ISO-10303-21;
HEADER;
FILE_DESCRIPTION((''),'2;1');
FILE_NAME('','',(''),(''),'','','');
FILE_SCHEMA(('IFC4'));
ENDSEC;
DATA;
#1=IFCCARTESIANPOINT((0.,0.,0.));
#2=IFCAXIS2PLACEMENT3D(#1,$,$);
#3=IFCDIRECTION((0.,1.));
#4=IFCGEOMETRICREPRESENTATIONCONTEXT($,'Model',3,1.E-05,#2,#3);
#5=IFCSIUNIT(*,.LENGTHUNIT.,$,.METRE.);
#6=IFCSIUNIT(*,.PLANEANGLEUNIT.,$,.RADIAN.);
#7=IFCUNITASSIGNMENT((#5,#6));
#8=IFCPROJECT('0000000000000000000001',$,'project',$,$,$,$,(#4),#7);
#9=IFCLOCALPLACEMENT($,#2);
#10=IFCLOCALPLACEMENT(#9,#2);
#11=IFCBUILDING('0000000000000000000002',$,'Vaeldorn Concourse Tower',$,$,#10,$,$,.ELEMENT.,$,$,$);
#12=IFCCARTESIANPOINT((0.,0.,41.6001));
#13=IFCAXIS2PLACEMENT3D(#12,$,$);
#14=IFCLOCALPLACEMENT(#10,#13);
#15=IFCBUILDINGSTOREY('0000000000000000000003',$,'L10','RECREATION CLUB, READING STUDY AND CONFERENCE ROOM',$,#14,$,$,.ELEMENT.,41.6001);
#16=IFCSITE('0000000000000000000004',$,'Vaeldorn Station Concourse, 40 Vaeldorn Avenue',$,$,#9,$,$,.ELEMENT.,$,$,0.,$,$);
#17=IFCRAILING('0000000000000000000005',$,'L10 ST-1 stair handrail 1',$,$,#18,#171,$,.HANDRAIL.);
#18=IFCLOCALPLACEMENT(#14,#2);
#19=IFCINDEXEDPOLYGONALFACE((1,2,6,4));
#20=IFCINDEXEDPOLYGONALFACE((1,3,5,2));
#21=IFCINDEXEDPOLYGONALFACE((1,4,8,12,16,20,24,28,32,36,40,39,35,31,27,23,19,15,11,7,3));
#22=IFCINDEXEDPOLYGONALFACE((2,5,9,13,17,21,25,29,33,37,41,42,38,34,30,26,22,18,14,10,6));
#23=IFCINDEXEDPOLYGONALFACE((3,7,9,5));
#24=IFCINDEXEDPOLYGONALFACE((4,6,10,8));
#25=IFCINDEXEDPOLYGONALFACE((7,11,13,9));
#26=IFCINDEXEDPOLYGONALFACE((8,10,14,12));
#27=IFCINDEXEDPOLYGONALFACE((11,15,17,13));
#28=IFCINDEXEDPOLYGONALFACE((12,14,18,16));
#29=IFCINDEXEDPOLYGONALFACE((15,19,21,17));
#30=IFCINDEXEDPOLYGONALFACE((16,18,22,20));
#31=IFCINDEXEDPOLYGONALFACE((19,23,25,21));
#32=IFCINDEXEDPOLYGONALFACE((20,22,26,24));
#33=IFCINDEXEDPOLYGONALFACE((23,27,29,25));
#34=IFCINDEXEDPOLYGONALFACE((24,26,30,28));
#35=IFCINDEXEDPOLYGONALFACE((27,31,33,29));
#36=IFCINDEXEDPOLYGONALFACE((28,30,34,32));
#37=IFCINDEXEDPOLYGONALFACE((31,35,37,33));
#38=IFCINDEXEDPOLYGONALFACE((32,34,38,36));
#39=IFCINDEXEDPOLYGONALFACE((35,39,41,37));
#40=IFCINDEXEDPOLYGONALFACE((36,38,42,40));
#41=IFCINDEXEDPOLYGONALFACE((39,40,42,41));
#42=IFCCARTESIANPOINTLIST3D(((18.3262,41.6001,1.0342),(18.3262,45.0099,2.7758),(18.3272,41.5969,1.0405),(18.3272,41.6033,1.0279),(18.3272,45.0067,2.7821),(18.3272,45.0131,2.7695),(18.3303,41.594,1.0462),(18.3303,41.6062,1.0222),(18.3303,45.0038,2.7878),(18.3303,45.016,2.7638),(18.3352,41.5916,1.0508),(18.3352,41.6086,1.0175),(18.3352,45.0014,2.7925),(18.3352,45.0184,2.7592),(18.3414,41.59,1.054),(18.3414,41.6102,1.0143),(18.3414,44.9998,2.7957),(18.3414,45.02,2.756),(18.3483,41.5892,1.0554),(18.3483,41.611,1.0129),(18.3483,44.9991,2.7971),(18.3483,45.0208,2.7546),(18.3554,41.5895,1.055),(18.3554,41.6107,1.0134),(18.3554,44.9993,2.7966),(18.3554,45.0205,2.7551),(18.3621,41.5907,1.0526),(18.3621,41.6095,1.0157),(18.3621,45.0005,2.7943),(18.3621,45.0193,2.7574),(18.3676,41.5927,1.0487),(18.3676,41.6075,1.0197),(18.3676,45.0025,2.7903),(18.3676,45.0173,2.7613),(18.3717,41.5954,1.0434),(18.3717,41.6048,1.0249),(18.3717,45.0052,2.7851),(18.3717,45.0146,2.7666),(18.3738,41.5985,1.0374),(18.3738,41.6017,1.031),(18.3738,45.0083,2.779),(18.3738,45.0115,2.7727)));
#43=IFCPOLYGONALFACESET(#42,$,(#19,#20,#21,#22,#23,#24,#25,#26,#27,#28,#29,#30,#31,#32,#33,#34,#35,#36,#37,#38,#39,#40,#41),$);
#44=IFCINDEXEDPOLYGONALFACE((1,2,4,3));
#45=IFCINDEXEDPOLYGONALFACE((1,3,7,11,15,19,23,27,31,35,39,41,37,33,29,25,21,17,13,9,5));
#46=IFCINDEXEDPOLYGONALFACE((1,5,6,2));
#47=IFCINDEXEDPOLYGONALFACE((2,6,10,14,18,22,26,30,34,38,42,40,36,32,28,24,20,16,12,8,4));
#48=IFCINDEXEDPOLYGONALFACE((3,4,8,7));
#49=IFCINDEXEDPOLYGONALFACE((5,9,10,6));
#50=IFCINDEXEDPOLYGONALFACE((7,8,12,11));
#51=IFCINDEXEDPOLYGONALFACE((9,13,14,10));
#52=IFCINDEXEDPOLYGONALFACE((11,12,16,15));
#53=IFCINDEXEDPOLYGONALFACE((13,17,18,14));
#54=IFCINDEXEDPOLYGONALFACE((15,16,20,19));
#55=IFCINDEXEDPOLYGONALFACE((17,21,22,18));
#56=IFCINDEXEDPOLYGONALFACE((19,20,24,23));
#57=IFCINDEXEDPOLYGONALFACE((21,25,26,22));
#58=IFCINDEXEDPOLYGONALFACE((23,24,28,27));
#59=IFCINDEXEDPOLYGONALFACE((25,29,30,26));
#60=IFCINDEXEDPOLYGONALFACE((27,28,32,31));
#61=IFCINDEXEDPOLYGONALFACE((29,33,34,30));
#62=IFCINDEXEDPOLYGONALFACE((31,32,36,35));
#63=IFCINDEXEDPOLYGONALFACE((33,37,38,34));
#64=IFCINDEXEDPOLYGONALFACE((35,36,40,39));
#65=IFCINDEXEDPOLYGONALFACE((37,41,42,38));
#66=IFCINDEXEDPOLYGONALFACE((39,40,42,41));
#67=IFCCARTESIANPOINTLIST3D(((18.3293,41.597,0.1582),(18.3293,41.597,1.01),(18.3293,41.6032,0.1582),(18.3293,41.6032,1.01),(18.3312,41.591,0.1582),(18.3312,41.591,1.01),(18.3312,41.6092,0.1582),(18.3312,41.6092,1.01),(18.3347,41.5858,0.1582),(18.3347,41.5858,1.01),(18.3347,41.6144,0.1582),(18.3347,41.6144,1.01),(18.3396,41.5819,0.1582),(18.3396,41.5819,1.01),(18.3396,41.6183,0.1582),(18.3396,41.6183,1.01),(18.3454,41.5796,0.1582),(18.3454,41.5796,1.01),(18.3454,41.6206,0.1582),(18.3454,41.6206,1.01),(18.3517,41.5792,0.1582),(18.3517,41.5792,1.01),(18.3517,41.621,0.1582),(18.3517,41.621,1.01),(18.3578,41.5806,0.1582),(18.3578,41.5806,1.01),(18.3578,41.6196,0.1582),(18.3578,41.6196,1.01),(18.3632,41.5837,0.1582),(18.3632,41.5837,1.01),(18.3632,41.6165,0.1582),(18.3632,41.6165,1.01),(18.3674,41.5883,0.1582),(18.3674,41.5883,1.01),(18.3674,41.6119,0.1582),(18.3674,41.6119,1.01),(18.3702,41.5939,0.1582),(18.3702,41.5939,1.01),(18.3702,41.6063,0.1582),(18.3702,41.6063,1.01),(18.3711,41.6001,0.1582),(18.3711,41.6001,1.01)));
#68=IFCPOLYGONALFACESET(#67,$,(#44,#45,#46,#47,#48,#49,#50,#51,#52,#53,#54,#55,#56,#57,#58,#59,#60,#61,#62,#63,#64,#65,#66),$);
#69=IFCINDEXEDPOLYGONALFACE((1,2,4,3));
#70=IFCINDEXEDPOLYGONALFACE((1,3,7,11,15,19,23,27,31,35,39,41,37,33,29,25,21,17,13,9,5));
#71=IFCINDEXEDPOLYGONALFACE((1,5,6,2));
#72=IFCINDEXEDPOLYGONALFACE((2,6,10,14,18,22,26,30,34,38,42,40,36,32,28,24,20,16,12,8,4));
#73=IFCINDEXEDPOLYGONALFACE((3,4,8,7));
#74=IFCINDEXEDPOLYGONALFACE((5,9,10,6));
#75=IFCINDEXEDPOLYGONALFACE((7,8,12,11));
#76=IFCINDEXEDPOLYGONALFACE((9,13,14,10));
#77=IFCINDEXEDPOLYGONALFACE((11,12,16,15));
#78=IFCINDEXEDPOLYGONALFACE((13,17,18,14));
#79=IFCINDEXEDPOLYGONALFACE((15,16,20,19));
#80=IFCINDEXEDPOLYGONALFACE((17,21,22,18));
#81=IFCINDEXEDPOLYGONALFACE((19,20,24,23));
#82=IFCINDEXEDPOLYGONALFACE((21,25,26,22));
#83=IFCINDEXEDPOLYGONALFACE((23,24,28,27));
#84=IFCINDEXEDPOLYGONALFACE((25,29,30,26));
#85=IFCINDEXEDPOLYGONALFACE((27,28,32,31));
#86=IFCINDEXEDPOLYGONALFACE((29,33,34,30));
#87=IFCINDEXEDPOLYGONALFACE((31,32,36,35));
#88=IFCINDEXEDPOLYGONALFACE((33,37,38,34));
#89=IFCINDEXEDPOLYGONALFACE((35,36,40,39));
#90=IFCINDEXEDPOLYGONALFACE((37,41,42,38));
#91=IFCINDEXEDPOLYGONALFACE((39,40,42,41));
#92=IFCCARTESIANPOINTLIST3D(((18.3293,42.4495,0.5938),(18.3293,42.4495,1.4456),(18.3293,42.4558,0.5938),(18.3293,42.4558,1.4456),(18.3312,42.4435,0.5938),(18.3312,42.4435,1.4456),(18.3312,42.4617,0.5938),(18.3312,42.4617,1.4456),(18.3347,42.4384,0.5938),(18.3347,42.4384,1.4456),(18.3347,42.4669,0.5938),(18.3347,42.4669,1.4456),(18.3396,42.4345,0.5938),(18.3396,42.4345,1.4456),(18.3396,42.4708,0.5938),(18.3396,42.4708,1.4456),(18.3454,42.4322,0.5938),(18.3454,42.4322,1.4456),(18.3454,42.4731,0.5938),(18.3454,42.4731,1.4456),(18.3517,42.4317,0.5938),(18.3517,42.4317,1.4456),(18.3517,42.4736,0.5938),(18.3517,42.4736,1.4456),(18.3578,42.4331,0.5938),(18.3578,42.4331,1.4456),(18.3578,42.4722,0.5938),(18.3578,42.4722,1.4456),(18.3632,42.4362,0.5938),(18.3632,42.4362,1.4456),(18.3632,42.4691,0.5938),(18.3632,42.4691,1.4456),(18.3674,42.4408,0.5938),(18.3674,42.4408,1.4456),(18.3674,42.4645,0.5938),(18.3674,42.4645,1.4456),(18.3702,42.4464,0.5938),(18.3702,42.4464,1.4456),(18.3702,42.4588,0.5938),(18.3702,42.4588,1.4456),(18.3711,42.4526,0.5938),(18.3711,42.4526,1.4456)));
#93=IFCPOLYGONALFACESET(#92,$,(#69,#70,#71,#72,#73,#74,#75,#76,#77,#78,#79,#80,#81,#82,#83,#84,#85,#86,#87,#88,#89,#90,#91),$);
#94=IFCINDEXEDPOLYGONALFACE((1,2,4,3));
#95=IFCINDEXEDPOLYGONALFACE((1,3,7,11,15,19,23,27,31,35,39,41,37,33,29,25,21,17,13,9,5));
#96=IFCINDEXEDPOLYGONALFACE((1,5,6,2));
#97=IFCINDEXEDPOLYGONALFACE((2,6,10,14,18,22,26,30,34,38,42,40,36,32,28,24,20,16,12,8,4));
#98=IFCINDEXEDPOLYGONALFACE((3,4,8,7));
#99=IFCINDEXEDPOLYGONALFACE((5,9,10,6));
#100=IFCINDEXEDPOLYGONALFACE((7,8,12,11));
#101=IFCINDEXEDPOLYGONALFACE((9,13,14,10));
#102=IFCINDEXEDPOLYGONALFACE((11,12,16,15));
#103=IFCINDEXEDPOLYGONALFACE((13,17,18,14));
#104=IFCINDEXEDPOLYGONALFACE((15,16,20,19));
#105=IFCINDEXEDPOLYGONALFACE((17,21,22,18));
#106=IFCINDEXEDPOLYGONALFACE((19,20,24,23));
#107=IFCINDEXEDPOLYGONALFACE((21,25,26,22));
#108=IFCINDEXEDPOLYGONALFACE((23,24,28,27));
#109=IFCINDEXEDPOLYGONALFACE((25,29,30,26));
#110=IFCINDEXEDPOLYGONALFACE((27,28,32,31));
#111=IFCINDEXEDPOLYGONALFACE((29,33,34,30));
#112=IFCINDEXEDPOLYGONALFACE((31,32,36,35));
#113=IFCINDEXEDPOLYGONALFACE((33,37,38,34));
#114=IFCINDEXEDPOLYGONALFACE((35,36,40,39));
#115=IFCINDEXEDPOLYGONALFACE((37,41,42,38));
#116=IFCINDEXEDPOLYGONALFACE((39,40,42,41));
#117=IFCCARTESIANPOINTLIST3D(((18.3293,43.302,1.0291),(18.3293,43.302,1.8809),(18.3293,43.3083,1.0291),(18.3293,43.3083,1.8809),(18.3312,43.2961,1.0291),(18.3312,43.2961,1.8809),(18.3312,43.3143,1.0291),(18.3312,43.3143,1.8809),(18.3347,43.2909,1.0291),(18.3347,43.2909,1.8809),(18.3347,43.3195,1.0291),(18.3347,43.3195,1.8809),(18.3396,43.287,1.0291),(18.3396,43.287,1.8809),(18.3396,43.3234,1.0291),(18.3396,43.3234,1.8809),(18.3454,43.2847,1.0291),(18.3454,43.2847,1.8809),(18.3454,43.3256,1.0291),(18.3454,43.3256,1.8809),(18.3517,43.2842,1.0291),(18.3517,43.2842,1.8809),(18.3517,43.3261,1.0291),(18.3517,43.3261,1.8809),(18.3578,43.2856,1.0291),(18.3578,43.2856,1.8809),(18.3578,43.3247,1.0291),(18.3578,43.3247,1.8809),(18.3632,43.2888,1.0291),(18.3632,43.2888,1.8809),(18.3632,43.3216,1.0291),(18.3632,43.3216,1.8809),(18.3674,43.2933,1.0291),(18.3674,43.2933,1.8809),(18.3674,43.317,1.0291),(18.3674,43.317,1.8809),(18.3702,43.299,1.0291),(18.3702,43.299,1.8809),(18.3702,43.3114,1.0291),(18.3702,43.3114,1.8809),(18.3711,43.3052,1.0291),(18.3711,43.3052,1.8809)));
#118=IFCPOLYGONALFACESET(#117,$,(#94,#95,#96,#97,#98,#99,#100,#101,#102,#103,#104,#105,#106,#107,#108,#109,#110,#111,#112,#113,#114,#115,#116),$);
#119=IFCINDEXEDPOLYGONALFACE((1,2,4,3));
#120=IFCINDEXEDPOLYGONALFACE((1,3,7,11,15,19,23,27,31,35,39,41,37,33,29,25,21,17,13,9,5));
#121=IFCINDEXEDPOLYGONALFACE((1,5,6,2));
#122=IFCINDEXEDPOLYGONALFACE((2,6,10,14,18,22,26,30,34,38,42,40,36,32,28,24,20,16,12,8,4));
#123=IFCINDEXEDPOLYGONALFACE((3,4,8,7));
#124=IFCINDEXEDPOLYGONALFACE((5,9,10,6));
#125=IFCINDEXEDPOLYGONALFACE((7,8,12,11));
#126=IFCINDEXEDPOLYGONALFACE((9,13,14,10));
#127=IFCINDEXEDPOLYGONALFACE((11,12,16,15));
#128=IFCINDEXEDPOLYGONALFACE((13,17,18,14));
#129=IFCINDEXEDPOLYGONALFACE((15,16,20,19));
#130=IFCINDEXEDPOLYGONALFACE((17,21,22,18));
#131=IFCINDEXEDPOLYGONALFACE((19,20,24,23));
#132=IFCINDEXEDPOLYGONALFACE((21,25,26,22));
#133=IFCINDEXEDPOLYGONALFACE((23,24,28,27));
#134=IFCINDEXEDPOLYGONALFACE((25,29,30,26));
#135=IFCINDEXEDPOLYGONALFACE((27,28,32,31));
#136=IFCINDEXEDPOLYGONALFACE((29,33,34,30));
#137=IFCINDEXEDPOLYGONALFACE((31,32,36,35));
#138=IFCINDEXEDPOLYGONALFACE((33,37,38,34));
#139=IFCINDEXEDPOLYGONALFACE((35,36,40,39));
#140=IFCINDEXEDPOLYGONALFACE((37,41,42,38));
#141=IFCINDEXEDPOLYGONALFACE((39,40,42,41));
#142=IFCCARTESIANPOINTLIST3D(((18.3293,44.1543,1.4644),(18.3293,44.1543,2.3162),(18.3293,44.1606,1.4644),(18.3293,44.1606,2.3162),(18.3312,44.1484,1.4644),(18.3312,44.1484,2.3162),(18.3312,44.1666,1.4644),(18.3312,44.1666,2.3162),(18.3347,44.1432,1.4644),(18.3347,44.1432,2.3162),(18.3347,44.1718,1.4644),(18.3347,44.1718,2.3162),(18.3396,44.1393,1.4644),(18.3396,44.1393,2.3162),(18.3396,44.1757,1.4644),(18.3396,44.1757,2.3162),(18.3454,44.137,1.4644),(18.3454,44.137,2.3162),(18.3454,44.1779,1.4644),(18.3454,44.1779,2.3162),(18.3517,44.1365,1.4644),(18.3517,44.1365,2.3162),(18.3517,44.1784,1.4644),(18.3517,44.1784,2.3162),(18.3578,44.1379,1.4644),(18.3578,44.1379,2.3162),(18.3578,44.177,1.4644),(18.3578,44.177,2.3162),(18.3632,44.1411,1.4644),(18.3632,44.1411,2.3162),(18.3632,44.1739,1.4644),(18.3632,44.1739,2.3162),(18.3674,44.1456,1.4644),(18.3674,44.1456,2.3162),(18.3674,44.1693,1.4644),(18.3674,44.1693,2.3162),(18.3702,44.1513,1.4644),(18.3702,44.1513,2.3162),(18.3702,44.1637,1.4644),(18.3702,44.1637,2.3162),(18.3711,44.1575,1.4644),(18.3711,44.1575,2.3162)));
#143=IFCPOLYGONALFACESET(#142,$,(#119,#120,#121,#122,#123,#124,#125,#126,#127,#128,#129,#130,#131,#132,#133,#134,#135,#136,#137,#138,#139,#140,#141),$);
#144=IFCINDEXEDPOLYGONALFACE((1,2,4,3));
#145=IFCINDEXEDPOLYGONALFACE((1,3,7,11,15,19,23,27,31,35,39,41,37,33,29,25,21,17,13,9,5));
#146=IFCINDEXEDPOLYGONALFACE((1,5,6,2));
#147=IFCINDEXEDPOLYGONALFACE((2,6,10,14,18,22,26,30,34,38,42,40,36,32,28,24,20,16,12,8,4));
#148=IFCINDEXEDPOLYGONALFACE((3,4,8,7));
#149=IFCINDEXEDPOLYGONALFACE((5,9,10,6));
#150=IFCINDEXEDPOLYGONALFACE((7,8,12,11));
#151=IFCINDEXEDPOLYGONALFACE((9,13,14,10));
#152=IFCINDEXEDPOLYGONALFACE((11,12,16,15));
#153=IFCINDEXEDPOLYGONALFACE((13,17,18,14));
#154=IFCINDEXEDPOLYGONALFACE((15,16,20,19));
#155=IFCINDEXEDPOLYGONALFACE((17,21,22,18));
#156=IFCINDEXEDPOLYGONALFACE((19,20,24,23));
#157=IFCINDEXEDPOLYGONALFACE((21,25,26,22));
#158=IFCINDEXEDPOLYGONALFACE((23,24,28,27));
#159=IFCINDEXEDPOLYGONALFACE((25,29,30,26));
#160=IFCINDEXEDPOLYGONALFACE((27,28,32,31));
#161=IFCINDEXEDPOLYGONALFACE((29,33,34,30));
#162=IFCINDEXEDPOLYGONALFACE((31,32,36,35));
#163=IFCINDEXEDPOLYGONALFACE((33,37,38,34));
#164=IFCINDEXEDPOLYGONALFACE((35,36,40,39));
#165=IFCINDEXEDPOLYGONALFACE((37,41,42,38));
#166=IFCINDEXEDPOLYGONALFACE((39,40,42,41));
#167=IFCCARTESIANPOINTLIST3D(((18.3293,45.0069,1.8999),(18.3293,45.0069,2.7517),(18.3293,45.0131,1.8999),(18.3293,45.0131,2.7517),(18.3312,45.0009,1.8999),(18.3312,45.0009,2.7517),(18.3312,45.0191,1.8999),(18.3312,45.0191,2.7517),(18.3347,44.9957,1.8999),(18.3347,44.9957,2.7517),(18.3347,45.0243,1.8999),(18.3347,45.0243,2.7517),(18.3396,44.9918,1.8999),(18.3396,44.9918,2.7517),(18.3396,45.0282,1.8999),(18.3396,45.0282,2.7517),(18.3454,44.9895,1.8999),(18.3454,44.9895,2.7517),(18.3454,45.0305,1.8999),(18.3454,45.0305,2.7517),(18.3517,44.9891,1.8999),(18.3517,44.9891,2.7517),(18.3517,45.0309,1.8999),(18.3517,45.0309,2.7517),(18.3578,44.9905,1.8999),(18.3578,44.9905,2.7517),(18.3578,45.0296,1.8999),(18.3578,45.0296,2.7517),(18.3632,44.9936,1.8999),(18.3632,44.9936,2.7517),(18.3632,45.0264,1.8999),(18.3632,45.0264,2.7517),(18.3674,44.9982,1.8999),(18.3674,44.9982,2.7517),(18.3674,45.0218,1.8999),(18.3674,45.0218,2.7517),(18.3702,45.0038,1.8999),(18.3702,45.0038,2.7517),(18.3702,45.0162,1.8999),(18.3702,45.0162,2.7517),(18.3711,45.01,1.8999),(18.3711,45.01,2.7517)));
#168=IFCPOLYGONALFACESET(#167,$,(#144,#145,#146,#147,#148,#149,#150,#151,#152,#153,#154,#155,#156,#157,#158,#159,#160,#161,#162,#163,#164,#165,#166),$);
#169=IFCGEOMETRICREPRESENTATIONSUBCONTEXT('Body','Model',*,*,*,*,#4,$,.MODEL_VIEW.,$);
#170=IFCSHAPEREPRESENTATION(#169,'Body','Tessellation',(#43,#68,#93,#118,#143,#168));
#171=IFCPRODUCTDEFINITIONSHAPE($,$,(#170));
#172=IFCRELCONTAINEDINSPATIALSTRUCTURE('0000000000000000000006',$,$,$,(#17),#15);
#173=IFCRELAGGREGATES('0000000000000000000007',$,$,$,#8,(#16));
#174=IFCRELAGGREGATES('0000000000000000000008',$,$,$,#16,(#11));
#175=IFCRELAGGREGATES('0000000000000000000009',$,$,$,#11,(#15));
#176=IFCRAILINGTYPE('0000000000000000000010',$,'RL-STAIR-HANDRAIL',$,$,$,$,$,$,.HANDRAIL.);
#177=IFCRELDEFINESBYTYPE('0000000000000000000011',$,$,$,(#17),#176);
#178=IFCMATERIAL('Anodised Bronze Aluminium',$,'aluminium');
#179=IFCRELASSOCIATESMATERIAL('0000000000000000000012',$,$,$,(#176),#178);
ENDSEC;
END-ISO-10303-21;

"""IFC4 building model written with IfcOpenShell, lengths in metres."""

from ifc_helpers import new_model, si_unit, direction, frame, origin, origin_2d, place, context, subcontext, project, spatial, circle, extrude, material, type_object, element, save


model = new_model("IFC4")

# Units and contexts
model_context = context("Model", 3, precision=1e-05, world=origin(), true_north=direction((0.0, 1.0)))
body_context = subcontext(model_context, "Body", "Model", "MODEL_VIEW")
ifc_project = project(units=[si_unit("LENGTHUNIT", "METRE"), si_unit("PLANEANGLEUNIT", "RADIAN")], contexts=[model_context])

# Site, building, storey
site_placement = place(None, origin())
site = spatial("IfcSite", under=ifc_project, at=site_placement, Name="Vaeldorn Station Concourse, 40 Vaeldorn Avenue", CompositionType="ELEMENT", RefElevation=0.0)
building_placement = place(site_placement, origin())
building = spatial("IfcBuilding", under=site, at=building_placement, Name="Vaeldorn Concourse Tower", CompositionType="ELEMENT")
storey_placement = place(building_placement, frame((0.0, 0.0, 41.6001)))
storey = spatial("IfcBuildingStorey", under=building, at=storey_placement, Name="L10", Description="RECREATION CLUB, READING STUDY AND CONFERENCE ROOM", CompositionType="ELEMENT", Elevation=41.6001)

# Shared definitions
ifc_material_1 = material(Name="Anodised Bronze Aluminium", Category="aluminium")

# Railing
railing_type_1 = type_object("IfcRailingType", Name="RL-STAIR-HANDRAIL", PredefinedType="HANDRAIL", material=ifc_material_1)
railing_1_placement = place(storey_placement, frame((18.3501, 41.6001, 0.1582)))
element("IfcRailing", 1, at=railing_1_placement, inside=storey, type_object=railing_type_1, Name="L10 ST-1 stair handrail 1", PredefinedType="HANDRAIL", context=body_context, shape_type="SweptSolid", body=[
    extrude(circle(Radius=0.0239, at=origin_2d()), frame((0.0, 0.0, 0.876), z_axis=(0.0, 0.890556, 0.454874), x_axis=(-1.0, 0.0, 0.0)), (0.0, 0.0, 1.0), 3.8289),
    extrude(circle(Radius=0.021, at=origin_2d()), origin(), (0.0, 0.0, 1.0), 0.8518),
    extrude(circle(Radius=0.021, at=origin_2d()), frame((0.0, 0.8525, 0.4355)), (0.0, 0.0, 1.0), 0.8518),
    extrude(circle(Radius=0.021, at=origin_2d()), frame((0.0, 1.7051, 0.8708)), (0.0, 0.0, 1.0), 0.8518),
    extrude(circle(Radius=0.021, at=origin_2d()), frame((0.0, 2.5574, 1.3062)), (0.0, 0.0, 1.0), 0.8518),
    extrude(circle(Radius=0.021, at=origin_2d()), frame((0.0, 3.4099, 1.7417)), (0.0, 0.0, 1.0), 0.8518),
])

save(model, "model.ifc")
